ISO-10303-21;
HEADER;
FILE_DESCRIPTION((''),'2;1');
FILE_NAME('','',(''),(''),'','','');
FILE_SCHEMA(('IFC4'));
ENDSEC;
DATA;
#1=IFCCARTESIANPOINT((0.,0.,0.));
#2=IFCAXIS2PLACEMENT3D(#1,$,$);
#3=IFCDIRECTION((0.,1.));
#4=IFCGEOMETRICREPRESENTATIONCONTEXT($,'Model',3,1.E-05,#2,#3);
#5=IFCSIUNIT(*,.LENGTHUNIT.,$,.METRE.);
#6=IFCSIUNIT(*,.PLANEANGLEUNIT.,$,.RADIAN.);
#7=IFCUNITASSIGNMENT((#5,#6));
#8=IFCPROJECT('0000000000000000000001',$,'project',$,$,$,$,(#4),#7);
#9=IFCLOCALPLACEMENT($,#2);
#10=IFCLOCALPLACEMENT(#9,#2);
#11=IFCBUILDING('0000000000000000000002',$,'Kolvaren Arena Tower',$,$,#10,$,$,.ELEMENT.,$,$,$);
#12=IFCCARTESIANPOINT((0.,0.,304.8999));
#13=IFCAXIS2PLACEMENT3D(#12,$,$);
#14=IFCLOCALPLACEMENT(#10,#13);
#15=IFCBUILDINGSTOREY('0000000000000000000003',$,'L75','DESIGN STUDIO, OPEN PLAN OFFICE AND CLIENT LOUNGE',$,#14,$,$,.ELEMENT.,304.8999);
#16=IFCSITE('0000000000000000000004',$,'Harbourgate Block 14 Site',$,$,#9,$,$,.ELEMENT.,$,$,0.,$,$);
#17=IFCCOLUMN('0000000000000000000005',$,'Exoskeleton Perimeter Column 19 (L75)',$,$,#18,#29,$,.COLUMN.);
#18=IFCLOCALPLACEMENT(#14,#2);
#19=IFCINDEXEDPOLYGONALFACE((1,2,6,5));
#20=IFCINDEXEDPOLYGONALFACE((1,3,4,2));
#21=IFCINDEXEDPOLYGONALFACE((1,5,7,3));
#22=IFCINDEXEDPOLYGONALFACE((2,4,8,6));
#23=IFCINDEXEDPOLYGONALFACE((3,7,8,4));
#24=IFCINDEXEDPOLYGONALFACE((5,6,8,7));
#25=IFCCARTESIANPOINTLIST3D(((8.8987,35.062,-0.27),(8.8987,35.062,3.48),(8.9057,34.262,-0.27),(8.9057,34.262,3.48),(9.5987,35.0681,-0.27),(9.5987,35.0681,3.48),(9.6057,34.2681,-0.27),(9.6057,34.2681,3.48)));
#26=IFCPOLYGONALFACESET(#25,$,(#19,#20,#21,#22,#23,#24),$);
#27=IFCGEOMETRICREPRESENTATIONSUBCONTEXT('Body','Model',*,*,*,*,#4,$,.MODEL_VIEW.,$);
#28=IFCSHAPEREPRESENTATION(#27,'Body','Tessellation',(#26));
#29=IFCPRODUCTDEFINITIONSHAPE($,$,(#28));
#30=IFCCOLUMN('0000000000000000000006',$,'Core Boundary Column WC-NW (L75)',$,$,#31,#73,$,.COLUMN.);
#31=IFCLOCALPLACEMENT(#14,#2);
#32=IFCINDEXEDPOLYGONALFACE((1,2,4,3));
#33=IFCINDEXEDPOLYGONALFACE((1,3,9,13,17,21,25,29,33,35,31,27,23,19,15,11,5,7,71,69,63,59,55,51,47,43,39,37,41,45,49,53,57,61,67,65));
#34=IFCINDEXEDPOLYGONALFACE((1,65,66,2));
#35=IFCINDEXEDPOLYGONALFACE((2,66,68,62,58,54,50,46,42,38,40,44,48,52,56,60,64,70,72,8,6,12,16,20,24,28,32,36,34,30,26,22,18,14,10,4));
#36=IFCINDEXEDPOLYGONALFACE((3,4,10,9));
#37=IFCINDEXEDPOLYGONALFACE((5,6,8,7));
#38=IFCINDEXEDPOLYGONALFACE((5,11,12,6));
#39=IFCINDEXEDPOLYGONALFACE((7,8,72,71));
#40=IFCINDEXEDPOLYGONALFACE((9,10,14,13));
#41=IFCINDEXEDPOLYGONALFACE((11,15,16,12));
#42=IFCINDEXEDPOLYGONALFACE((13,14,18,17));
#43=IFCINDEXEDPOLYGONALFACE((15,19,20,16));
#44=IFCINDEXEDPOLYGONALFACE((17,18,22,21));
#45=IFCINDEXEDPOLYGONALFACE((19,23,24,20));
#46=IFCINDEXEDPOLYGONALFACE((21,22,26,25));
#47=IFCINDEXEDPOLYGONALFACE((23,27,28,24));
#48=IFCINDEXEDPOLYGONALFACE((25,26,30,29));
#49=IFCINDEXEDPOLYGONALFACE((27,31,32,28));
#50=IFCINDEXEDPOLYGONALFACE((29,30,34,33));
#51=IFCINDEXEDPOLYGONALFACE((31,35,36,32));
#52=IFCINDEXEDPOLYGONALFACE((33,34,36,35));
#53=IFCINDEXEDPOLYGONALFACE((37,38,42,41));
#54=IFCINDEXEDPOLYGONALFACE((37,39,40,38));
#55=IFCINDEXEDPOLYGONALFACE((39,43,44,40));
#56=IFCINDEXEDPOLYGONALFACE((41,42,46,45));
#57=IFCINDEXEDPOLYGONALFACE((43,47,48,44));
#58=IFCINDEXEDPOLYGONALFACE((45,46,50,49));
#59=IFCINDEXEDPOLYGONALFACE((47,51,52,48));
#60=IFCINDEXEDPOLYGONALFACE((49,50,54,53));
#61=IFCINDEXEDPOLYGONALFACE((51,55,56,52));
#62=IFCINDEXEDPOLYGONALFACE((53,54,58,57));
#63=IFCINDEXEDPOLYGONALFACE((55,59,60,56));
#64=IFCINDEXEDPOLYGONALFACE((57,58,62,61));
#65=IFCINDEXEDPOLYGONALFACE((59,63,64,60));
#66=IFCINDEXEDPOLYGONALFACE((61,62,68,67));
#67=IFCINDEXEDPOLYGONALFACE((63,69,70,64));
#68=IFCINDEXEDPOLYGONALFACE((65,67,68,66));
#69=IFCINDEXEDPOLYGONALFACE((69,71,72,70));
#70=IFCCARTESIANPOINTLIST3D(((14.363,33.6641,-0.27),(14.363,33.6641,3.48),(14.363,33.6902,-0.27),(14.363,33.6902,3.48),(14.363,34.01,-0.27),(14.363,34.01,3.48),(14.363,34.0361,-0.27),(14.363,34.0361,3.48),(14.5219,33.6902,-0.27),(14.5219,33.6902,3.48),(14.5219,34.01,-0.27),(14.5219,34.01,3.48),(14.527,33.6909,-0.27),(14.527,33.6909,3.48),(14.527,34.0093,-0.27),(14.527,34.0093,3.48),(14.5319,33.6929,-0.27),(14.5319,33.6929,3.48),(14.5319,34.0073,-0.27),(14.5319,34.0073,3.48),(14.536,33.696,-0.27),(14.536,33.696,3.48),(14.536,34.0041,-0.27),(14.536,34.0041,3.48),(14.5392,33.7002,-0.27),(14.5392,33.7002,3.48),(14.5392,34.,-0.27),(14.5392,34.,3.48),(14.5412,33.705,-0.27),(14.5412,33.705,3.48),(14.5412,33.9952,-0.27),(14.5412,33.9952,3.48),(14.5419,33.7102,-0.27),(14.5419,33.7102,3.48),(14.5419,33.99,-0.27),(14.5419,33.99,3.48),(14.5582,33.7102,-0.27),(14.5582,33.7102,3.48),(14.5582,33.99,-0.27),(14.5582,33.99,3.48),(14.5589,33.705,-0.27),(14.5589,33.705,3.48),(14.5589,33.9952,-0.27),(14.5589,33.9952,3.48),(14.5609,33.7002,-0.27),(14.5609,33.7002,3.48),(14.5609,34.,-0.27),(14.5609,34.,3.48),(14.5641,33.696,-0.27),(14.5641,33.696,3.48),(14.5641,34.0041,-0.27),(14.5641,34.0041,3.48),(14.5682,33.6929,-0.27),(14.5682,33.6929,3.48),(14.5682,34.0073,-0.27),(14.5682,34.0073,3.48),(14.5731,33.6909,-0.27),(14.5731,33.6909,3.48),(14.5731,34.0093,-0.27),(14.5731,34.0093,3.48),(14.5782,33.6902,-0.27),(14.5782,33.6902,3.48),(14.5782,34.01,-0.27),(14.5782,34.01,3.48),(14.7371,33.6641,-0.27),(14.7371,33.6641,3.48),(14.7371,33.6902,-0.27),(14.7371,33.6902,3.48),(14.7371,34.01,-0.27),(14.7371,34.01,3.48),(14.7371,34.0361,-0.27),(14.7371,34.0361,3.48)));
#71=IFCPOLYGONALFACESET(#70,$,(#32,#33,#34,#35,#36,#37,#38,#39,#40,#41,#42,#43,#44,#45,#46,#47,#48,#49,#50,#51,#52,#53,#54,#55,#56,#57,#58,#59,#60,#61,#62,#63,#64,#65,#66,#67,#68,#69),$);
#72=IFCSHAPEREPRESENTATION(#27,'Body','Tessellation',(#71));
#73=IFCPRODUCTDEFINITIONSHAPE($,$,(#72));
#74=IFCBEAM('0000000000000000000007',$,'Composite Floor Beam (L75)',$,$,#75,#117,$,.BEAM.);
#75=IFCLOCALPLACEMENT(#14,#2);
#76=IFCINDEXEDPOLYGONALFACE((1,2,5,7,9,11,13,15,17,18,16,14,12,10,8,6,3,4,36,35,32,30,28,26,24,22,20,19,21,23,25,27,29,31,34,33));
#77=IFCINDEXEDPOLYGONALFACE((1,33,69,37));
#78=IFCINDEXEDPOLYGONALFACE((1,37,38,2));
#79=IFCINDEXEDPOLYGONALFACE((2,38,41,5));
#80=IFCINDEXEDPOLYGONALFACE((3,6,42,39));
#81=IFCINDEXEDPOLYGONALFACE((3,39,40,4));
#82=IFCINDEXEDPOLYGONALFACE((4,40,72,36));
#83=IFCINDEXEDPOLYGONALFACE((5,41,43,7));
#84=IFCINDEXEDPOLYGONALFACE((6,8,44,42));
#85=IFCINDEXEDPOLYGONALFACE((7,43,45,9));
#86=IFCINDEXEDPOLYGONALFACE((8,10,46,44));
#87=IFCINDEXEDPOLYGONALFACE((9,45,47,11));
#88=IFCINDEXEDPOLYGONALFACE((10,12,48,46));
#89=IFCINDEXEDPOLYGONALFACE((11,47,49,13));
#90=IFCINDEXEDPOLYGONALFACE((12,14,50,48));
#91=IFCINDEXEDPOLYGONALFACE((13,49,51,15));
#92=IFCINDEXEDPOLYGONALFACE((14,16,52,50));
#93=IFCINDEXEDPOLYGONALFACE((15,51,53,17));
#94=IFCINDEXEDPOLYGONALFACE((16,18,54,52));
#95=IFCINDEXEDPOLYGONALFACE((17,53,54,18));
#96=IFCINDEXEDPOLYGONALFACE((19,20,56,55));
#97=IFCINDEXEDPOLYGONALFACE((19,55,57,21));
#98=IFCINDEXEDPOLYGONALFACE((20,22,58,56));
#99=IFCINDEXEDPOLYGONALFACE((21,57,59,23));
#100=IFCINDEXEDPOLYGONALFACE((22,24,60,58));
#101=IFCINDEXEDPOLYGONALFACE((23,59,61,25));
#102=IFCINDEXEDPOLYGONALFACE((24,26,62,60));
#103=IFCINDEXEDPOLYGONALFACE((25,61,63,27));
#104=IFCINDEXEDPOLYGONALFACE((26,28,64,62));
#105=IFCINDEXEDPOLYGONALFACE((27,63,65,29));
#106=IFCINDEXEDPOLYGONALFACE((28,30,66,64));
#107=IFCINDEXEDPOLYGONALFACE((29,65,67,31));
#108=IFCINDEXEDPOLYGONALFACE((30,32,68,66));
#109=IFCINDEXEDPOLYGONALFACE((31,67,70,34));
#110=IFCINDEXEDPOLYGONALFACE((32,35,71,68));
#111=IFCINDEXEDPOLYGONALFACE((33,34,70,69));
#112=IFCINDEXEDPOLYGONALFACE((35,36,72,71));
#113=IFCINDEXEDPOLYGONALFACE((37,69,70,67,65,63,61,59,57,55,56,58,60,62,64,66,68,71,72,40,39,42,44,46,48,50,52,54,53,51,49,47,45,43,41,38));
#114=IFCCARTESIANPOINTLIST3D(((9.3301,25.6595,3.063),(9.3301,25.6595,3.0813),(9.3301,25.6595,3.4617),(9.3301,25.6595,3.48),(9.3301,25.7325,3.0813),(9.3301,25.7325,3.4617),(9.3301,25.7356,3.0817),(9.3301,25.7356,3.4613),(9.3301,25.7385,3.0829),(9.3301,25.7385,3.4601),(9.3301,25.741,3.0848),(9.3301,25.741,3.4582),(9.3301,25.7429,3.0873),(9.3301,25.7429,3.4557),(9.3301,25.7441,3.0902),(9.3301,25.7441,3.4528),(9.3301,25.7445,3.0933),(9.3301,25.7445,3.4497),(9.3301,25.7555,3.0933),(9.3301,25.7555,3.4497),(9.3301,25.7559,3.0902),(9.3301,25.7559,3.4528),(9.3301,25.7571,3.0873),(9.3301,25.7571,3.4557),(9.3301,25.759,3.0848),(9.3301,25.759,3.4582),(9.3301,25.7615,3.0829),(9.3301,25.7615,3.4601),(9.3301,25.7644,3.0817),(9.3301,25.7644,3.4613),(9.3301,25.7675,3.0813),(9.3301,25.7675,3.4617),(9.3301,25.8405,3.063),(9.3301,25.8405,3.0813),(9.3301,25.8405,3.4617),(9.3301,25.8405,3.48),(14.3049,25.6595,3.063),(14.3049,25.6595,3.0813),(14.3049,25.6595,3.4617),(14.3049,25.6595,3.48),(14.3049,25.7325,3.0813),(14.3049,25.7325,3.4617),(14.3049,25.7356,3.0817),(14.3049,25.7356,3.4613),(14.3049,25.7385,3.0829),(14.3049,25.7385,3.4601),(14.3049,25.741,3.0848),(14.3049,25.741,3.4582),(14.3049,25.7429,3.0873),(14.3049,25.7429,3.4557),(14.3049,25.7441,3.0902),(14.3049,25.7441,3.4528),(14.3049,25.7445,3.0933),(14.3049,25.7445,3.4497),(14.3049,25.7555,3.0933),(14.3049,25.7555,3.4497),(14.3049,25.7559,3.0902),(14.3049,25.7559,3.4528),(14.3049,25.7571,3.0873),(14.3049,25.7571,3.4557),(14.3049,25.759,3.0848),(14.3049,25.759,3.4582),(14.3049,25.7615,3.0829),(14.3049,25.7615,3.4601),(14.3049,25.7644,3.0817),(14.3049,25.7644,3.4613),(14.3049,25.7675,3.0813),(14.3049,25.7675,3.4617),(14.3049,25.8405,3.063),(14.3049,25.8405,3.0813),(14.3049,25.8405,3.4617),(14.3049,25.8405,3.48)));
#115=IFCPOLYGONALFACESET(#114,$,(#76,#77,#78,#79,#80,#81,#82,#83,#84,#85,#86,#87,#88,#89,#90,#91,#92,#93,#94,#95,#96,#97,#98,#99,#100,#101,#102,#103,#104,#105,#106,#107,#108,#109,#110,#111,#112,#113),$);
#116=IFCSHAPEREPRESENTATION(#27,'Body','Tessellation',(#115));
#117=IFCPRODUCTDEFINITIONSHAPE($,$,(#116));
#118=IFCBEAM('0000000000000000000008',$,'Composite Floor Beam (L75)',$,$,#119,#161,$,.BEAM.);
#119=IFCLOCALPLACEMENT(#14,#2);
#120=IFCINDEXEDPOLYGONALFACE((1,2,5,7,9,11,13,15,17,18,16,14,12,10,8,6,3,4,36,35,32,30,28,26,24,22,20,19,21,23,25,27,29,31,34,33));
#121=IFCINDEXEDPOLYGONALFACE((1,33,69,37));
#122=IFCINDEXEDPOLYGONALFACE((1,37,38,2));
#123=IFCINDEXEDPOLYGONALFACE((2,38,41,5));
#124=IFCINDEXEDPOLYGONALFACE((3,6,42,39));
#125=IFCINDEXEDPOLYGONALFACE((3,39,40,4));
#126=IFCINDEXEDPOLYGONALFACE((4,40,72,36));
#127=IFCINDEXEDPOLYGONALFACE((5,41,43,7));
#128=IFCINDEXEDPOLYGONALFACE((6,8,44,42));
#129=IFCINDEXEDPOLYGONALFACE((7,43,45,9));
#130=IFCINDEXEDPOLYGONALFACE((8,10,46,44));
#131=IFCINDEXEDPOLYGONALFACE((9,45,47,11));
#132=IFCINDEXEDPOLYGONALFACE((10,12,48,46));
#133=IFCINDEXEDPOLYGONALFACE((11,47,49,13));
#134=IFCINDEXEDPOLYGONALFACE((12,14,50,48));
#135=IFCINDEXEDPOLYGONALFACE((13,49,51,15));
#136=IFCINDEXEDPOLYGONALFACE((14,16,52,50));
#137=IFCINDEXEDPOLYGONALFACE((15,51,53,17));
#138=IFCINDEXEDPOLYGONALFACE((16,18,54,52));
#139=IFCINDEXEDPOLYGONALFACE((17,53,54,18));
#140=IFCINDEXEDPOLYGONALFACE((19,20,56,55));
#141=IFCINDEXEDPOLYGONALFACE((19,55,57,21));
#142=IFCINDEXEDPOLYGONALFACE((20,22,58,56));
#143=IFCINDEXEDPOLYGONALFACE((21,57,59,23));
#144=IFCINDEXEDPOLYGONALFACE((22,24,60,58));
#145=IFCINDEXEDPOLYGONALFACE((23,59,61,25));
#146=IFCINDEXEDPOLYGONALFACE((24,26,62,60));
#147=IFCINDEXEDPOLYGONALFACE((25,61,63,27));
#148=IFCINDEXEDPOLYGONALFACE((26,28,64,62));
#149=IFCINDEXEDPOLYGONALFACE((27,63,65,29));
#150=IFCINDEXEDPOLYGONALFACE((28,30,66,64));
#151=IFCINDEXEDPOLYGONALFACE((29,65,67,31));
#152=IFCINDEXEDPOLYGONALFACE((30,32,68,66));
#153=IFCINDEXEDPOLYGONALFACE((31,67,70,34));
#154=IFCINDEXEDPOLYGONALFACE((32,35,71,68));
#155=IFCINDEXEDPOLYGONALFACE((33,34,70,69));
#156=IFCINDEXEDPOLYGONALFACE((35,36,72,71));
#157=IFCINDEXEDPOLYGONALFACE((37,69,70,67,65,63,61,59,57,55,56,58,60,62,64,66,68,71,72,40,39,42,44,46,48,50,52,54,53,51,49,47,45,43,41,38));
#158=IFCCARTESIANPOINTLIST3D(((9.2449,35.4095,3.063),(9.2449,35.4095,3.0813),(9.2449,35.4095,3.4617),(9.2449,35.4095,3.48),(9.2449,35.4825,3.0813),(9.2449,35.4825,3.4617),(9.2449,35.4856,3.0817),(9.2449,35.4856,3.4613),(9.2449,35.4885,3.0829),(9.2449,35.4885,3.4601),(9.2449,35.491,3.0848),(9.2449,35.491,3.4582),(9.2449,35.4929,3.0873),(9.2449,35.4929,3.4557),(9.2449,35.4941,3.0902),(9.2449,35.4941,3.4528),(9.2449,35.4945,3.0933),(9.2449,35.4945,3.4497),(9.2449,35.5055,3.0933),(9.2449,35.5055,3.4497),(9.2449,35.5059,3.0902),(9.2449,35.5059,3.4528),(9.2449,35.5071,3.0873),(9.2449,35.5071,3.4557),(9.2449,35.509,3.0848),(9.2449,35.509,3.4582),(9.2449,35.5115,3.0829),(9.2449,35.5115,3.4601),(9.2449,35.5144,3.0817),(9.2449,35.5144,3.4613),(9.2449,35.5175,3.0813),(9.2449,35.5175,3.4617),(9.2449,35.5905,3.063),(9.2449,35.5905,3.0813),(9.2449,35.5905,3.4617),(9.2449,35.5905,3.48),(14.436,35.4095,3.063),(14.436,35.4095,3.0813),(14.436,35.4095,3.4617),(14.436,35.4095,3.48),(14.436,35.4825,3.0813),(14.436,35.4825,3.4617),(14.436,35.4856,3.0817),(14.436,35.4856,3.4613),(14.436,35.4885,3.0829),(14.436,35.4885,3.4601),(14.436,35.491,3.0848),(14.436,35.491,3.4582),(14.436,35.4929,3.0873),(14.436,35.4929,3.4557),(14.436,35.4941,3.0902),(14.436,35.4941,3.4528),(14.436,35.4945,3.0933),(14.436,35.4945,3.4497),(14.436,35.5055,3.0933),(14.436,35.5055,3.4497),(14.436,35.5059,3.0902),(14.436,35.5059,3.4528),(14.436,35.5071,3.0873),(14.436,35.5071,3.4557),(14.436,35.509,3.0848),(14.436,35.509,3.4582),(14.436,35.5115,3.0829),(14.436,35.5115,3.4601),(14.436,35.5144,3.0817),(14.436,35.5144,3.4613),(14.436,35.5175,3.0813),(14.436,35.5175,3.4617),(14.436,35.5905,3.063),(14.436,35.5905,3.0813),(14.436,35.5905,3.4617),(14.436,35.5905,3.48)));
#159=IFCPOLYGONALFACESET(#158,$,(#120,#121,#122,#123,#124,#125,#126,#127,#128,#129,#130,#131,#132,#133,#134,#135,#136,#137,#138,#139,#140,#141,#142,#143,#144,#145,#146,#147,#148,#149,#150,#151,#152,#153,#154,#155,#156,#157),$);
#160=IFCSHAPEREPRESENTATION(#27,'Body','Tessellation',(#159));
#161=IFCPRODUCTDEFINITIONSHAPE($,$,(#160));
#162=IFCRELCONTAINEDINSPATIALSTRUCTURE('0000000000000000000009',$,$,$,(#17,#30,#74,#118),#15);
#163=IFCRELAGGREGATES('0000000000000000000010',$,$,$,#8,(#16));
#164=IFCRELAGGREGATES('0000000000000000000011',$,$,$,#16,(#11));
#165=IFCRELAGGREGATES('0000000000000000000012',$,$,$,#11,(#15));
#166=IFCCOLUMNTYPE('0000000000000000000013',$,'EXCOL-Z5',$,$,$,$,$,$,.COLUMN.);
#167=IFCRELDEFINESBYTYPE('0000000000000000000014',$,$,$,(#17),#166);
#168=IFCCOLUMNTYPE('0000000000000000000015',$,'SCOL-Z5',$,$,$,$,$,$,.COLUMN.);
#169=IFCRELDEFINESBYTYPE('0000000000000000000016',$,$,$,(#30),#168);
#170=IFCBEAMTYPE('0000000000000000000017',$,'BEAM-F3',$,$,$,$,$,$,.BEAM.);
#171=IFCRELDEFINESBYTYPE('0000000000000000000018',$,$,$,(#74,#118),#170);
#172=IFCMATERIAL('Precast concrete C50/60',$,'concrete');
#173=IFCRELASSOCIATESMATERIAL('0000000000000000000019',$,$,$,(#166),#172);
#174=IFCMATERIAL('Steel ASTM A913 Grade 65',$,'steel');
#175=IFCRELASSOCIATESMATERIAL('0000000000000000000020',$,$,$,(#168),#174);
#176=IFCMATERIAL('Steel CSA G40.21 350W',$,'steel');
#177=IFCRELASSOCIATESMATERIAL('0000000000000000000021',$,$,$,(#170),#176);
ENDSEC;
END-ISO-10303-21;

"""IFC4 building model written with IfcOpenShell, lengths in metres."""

from ifc_helpers import new_model, si_unit, direction, frame, origin, origin_2d, place, context, subcontext, project, spatial, rectangle, i_section, extrude, material, material_profile, profile_set, type_object, element, save


model = new_model("IFC4")

# Units and contexts
model_context = context("Model", 3, precision=1e-05, world=origin(), true_north=direction((0.0, 1.0)))
body_context = subcontext(model_context, "Body", "Model", "MODEL_VIEW")
ifc_project = project(units=[si_unit("LENGTHUNIT", "METRE"), si_unit("PLANEANGLEUNIT", "RADIAN")], contexts=[model_context])

# Site, building, storey
site_placement = place(None, origin())
site = spatial("IfcSite", under=ifc_project, at=site_placement, Name="Harbourgate Block 14 Site", CompositionType="ELEMENT", RefElevation=0.0)
building_placement = place(site_placement, origin())
building = spatial("IfcBuilding", under=site, at=building_placement, Name="Kolvaren Arena Tower", CompositionType="ELEMENT")
storey_placement = place(building_placement, frame((0.0, 0.0, 304.8999)))
storey = spatial("IfcBuildingStorey", under=building, at=storey_placement, Name="L75", Description="DESIGN STUDIO, OPEN PLAN OFFICE AND CLIENT LOUNGE", CompositionType="ELEMENT", Elevation=304.8999)

# Columns
ifc_material_1 = material(Name="Precast concrete C50/60", Category="concrete")
ifc_material_profile_1 = material_profile(ifc_material_1, rectangle(XDim=0.8, YDim=0.7, at=origin_2d()), Name="RC-800x700")
ifc_profile_set_1 = profile_set([ifc_material_profile_1], Name="Precast concrete C50/60")
column_type_1 = type_object("IfcColumnType", Name="EXCOL-Z5", PredefinedType="COLUMN", material=ifc_profile_set_1)
column_1_placement = place(storey_placement, frame((9.2522, 34.665, -0.27), z_axis=(0.0, 0.0, 1.0), x_axis=(-0.008727, 0.999962, 0.0)))
element("IfcColumn", 1, at=column_1_placement, inside=storey, type_object=column_type_1, Name="Exoskeleton Perimeter Column 19 (L75)", PredefinedType="COLUMN", context=body_context, shape_type="SweptSolid", body=[
    extrude(rectangle(XDim=0.8, YDim=0.7, at=origin_2d()), origin(), (0.0, 0.0, 1.0), 3.75),
])
ifc_material_2 = material(Name="Steel ASTM A913 Grade 65", Category="steel")
ifc_material_profile_2 = material_profile(ifc_material_2, i_section(OverallWidth=0.374, OverallDepth=0.3721, WebThickness=0.0164, FlangeThickness=0.0261, FilletRadius=0.02, at=origin_2d()), Name="W360x196")
ifc_profile_set_2 = profile_set([ifc_material_profile_2], Name="Steel ASTM A913 Grade 65")
column_type_2 = type_object("IfcColumnType", Name="SCOL-Z5", PredefinedType="COLUMN", material=ifc_profile_set_2)
column_2_placement = place(storey_placement, frame((14.55, 33.8501, -0.27), z_axis=(0.0, 0.0, 1.0), x_axis=(1.0, 0.0, 0.0)))
element("IfcColumn", 2, at=column_2_placement, inside=storey, type_object=column_type_2, Name="Core Boundary Column WC-NW (L75)", PredefinedType="COLUMN", context=body_context, shape_type="SweptSolid", body=[
    extrude(i_section(OverallWidth=0.374, OverallDepth=0.3721, WebThickness=0.0164, FlangeThickness=0.0261, FilletRadius=0.02, at=origin_2d()), origin(), (0.0, 0.0, 1.0), 3.75),
])

# Beams
ifc_material_3 = material(Name="Steel CSA G40.21 350W", Category="steel")
ifc_material_profile_3 = material_profile(ifc_material_3, i_section(OverallWidth=0.1809, OverallDepth=0.417, WebThickness=0.011, FlangeThickness=0.0183, FilletRadius=0.012, at=origin_2d()), Name="W410x85")
ifc_profile_set_3 = profile_set([ifc_material_profile_3], Name="Steel CSA G40.21 350W")
beam_type_1 = type_object("IfcBeamType", Name="BEAM-F3", PredefinedType="BEAM", material=ifc_profile_set_3)
beam_1_placement = place(storey_placement, frame((9.3301, 25.75, 3.2715), z_axis=(1.0, 0.0, 0.0), x_axis=(0.0, 1.0, 0.0)))
element("IfcBeam", 3, at=beam_1_placement, inside=storey, type_object=beam_type_1, Name="Composite Floor Beam (L75)", PredefinedType="BEAM", context=body_context, shape_type="SweptSolid", body=[
    extrude(i_section(OverallWidth=0.1809, OverallDepth=0.417, WebThickness=0.011, FlangeThickness=0.0183, FilletRadius=0.012, at=origin_2d()), origin(), (0.0, 0.0, 1.0), 4.9749),
])
beam_2_placement = place(storey_placement, frame((9.2449, 35.5, 3.2715), z_axis=(1.0, 0.0, 0.0), x_axis=(0.0, 1.0, 0.0)))
element("IfcBeam", 4, at=beam_2_placement, inside=storey, type_object=beam_type_1, Name="Composite Floor Beam (L75)", PredefinedType="BEAM", context=body_context, shape_type="SweptSolid", body=[
    extrude(i_section(OverallWidth=0.1809, OverallDepth=0.417, WebThickness=0.011, FlangeThickness=0.0183, FilletRadius=0.012, at=origin_2d()), origin(), (0.0, 0.0, 1.0), 5.1912),
])

save(model, "model.ifc")
